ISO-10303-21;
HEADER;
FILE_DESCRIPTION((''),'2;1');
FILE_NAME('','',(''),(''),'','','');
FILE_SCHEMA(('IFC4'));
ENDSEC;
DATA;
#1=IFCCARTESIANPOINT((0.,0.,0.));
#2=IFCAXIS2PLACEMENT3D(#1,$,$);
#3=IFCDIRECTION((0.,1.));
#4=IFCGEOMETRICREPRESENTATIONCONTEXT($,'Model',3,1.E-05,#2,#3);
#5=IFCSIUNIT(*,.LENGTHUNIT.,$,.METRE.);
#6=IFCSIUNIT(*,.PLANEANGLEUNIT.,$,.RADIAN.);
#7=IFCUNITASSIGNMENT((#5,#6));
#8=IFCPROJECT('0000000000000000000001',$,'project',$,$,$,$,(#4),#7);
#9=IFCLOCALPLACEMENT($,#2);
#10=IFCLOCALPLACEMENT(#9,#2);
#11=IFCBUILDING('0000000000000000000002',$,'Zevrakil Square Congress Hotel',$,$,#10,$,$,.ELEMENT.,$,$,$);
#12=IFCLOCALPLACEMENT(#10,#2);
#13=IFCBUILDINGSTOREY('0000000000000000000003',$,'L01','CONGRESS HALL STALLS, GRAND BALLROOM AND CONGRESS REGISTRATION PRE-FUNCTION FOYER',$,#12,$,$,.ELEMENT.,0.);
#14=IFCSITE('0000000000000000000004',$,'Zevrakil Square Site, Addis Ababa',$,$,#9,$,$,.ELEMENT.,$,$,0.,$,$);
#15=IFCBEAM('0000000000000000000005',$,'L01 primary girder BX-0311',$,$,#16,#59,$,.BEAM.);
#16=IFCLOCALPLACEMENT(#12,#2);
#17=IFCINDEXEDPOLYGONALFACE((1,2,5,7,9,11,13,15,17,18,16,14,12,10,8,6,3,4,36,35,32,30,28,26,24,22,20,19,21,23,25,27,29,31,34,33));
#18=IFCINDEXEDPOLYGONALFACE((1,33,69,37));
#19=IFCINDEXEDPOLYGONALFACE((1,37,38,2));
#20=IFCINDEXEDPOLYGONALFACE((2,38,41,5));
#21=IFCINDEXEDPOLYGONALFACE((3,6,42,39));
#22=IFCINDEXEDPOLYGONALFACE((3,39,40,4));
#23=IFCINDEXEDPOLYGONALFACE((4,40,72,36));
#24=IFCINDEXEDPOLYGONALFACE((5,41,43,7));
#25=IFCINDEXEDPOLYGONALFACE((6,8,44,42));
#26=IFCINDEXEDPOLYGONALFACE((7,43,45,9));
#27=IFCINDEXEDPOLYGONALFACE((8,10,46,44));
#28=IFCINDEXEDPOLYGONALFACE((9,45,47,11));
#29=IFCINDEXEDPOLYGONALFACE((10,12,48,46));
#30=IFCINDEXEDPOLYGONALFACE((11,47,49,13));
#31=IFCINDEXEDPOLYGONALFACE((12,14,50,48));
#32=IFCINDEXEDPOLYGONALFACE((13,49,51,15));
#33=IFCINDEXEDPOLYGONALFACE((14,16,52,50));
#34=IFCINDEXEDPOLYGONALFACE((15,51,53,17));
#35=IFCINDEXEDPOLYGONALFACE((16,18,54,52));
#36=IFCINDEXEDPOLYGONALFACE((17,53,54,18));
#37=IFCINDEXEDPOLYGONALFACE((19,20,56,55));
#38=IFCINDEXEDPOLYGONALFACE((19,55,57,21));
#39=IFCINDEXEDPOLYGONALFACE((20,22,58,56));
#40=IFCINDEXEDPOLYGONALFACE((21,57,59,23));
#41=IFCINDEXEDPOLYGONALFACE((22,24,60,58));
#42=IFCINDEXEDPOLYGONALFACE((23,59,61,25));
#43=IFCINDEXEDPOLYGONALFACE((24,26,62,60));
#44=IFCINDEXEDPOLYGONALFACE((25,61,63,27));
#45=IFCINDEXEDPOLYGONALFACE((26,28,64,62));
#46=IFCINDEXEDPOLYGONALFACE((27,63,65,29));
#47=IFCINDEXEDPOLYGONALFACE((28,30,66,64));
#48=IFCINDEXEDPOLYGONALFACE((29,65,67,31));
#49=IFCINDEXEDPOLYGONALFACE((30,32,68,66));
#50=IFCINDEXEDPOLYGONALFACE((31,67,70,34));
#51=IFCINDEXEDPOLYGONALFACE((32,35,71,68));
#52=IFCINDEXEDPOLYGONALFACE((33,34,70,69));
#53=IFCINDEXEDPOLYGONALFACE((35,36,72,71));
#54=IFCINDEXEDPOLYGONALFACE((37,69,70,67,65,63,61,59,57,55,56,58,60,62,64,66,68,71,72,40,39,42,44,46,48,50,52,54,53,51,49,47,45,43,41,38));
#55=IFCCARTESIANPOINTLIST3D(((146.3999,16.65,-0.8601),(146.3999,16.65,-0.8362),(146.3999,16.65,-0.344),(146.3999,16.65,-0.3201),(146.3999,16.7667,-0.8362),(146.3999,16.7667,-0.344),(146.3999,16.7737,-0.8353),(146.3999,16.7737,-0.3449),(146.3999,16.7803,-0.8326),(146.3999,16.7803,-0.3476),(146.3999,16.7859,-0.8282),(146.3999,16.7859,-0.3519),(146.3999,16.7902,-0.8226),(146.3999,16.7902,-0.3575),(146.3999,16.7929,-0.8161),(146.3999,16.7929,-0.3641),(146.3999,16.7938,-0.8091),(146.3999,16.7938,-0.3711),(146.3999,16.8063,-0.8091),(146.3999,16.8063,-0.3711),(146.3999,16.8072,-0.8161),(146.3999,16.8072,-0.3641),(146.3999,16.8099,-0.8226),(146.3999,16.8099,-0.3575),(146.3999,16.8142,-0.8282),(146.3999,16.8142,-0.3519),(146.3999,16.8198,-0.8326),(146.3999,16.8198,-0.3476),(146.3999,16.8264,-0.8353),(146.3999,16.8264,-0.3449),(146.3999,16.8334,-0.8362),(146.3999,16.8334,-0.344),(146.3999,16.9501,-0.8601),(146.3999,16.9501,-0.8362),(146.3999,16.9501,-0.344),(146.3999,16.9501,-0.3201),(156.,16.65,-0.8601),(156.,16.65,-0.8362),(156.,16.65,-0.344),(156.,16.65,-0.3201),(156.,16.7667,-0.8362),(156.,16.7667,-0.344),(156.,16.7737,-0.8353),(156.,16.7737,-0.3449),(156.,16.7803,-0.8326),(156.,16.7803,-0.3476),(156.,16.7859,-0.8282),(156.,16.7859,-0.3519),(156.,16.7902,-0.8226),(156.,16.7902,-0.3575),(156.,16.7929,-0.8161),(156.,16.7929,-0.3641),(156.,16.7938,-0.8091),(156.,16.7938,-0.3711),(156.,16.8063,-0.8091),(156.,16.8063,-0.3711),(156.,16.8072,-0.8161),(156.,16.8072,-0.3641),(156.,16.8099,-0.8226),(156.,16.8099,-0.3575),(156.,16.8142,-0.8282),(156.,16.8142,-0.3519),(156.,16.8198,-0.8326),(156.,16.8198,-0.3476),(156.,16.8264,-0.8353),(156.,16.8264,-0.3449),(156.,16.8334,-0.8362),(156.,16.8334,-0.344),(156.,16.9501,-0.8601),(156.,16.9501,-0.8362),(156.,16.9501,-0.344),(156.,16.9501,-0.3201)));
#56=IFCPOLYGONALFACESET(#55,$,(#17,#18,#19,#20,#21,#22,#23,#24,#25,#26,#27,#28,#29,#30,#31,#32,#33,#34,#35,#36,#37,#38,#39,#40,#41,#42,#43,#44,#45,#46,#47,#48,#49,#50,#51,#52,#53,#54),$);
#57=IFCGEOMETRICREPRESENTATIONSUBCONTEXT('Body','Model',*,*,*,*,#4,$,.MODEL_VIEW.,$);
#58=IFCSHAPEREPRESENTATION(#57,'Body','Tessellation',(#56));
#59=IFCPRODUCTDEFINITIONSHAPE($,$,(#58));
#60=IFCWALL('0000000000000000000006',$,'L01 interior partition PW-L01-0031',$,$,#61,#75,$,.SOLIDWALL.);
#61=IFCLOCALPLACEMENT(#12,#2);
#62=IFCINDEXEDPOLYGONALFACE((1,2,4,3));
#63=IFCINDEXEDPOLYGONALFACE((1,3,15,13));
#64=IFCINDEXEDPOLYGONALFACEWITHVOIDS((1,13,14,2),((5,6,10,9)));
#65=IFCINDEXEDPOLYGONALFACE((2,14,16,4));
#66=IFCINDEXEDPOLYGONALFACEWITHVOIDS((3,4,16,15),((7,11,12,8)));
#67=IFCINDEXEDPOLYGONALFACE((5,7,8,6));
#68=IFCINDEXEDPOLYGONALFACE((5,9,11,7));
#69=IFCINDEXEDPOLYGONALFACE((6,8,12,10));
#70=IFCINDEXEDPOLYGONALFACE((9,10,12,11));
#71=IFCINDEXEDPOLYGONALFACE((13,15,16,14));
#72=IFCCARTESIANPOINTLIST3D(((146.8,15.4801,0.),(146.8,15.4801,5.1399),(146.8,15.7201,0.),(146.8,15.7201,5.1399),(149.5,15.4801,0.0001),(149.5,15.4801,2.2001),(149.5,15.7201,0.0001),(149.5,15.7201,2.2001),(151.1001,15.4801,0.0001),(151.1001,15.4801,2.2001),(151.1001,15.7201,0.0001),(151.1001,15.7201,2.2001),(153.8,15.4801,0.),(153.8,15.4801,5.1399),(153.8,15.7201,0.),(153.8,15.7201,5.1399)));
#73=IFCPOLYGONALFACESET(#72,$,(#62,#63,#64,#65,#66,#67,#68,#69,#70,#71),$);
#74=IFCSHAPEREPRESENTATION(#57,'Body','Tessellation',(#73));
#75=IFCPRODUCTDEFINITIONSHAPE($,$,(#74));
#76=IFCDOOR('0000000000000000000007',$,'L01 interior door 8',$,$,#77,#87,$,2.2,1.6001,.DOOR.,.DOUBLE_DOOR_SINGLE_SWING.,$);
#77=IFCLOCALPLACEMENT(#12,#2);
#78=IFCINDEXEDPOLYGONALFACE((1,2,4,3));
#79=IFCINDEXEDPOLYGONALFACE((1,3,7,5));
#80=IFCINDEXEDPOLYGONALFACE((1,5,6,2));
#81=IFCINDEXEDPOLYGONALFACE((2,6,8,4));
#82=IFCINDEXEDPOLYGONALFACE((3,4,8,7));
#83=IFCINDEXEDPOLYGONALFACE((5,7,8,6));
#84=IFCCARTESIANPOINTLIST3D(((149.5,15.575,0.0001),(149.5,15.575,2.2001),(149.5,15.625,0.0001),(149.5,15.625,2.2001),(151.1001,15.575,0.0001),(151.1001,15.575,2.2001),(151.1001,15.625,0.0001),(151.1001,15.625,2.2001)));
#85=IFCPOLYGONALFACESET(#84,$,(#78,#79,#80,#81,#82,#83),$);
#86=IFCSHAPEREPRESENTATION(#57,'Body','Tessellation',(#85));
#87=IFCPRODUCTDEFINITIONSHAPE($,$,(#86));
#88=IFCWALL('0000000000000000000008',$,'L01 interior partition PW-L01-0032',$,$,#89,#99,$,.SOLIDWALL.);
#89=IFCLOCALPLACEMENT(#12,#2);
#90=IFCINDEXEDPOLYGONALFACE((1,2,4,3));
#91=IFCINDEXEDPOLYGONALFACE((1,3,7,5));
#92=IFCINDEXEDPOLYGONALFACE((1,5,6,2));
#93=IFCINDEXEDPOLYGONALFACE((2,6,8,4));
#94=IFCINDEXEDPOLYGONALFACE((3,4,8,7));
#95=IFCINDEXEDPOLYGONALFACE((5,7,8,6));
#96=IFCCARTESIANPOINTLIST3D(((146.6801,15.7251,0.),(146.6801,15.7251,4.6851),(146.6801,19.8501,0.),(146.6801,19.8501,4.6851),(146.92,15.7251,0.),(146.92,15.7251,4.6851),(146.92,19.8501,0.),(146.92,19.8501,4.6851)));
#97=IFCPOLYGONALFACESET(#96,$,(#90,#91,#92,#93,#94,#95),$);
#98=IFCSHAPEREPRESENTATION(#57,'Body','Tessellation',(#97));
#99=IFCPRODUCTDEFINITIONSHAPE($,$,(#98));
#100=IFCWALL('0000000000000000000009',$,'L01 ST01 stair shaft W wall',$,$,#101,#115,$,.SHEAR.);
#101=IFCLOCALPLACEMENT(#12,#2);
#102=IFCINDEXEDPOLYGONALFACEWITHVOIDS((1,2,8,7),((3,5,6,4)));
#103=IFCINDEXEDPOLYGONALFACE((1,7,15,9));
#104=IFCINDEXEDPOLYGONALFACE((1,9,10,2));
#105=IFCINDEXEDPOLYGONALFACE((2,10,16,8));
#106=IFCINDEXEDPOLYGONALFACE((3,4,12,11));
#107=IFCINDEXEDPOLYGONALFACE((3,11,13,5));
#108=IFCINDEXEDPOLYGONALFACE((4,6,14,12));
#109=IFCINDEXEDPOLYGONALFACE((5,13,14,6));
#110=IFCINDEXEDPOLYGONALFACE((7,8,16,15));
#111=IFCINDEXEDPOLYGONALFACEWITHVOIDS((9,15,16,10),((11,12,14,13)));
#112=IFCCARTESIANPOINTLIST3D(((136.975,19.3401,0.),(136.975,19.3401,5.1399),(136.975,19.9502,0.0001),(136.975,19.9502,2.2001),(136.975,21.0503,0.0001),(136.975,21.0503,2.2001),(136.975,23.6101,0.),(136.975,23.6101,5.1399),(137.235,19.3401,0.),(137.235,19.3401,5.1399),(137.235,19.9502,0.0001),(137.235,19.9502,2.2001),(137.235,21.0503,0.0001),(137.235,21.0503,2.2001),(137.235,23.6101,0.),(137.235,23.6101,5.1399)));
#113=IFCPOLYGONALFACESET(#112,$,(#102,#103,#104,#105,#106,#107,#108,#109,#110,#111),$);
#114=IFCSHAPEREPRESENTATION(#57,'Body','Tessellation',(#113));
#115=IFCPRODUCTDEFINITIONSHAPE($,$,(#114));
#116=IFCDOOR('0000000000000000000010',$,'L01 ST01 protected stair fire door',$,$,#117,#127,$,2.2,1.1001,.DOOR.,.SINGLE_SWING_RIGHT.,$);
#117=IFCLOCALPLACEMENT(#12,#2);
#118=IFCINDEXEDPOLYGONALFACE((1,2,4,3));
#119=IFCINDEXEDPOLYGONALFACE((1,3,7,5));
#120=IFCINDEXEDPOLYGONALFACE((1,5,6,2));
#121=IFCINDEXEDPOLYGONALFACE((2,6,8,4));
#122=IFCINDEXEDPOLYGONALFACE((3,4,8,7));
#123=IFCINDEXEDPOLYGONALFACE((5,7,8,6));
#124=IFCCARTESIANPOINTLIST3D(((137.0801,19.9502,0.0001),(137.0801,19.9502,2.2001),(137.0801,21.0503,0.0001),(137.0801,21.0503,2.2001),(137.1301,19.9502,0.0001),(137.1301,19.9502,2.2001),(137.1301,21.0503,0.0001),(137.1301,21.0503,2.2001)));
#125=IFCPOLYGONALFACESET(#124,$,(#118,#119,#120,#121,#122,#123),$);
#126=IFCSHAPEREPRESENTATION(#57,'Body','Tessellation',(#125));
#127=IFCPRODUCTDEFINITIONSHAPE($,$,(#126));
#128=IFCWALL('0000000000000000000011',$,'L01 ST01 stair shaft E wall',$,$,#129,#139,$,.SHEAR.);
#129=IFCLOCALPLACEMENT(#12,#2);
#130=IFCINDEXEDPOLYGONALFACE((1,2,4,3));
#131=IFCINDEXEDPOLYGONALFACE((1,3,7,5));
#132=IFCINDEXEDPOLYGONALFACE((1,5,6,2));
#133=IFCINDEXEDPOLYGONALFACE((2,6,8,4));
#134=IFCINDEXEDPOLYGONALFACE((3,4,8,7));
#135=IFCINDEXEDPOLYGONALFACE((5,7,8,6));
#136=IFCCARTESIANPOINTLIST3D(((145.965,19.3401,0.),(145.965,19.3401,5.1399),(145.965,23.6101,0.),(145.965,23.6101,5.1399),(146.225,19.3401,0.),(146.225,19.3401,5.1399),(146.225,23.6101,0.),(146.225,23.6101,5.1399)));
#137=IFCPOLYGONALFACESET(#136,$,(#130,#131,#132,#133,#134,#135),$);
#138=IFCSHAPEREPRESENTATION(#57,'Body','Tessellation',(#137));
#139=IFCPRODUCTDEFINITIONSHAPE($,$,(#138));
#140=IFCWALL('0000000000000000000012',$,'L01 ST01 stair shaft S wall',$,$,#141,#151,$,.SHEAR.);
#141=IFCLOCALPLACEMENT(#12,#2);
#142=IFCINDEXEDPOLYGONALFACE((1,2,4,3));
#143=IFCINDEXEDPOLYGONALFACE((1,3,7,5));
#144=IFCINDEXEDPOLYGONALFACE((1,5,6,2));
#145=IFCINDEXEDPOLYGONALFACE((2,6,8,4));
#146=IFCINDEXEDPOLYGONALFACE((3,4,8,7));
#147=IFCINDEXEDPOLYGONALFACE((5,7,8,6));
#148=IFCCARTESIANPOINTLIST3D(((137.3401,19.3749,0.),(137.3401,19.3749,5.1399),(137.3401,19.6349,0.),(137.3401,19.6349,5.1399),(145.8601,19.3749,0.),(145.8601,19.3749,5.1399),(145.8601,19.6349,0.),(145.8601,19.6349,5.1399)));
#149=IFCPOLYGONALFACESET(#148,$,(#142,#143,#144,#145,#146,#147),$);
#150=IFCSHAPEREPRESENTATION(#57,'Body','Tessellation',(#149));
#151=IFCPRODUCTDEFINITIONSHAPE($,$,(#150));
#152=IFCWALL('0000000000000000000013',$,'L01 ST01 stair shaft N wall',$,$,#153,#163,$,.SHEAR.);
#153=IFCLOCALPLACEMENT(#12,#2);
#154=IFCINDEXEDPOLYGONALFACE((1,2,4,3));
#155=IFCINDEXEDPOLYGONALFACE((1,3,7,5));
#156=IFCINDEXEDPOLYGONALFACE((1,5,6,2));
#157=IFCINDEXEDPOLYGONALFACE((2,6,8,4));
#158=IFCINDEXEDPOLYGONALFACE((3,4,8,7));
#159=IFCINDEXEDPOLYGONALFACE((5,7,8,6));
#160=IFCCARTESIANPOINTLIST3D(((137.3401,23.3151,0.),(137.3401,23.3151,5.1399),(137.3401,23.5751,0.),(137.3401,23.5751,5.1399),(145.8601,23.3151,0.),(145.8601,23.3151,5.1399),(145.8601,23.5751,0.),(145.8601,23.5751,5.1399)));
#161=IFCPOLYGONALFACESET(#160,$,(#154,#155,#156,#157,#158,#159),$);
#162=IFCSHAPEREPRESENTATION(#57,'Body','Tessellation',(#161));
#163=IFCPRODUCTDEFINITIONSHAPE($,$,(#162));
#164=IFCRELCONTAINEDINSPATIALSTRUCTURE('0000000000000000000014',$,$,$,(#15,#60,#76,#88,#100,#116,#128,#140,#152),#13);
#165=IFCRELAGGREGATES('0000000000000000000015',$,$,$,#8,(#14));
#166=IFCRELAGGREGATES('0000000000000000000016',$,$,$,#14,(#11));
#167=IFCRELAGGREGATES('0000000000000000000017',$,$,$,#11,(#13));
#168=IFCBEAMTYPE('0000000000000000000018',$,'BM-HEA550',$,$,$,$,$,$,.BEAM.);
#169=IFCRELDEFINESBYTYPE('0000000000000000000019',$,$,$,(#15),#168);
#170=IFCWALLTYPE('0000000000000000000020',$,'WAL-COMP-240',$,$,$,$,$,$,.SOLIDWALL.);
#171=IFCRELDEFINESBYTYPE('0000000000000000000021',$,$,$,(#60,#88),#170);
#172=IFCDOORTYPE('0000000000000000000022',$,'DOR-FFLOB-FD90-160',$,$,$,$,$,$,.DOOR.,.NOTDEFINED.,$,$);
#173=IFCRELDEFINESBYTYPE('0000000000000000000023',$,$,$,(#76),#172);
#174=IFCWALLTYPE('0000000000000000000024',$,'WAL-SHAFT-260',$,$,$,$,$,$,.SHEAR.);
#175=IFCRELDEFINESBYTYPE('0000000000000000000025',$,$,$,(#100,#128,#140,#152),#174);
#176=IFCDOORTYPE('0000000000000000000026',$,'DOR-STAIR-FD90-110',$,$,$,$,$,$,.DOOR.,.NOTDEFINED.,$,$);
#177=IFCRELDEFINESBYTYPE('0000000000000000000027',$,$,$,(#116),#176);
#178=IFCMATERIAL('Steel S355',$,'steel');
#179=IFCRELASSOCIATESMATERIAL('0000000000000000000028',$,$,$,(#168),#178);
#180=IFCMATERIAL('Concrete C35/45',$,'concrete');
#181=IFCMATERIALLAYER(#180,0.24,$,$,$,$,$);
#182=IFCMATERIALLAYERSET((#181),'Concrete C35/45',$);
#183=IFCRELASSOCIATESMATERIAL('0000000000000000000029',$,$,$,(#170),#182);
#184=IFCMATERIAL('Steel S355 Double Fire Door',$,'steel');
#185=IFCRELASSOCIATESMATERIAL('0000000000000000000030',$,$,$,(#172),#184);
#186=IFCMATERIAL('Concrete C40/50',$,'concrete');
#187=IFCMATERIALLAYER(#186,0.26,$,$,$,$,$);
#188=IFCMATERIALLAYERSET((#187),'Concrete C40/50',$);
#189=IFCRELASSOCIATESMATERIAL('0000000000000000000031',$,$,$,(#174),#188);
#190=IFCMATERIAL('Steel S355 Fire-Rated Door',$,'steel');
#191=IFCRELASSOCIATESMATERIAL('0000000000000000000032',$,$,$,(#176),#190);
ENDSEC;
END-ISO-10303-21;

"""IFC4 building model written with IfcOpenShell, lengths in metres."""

from ifc_helpers import new_model, si_unit, direction, frame, frame_2d, origin, origin_2d, place, context, subcontext, project, spatial, rectangle, i_section, extrude, material, layer, layer_set, material_profile, profile_set, type_object, element, fill, save


model = new_model("IFC4")

# Units and contexts
model_context = context("Model", 3, precision=1e-05, world=origin(), true_north=direction((0.0, 1.0)))
body_context = subcontext(model_context, "Body", "Model", "MODEL_VIEW")
ifc_project = project(units=[si_unit("LENGTHUNIT", "METRE"), si_unit("PLANEANGLEUNIT", "RADIAN")], contexts=[model_context])

# Site, building, storey
site_placement = place(None, origin())
site = spatial("IfcSite", under=ifc_project, at=site_placement, Name="Zevrakil Square Site, Addis Ababa", CompositionType="ELEMENT", RefElevation=0.0)
building_placement = place(site_placement, origin())
building = spatial("IfcBuilding", under=site, at=building_placement, Name="Zevrakil Square Congress Hotel", CompositionType="ELEMENT")
storey_placement = place(building_placement, origin())
storey = spatial("IfcBuildingStorey", under=building, at=storey_placement, Name="L01", Description="CONGRESS HALL STALLS, GRAND BALLROOM AND CONGRESS REGISTRATION PRE-FUNCTION FOYER", CompositionType="ELEMENT", Elevation=0.0)

# Beam
ifc_material_1 = material(Name="Steel S355", Category="steel")
ifc_material_profile_1 = material_profile(ifc_material_1, i_section(OverallWidth=0.3, OverallDepth=0.54, WebThickness=0.0125, FlangeThickness=0.0239, FilletRadius=0.0271, at=origin_2d()), Name="HEA 550")
ifc_profile_set_1 = profile_set([ifc_material_profile_1], Name="Steel S355")
beam_type = type_object("IfcBeamType", Name="BM-HEA550", PredefinedType="BEAM", material=ifc_profile_set_1)
beam_placement = place(storey_placement, frame((146.3999, 16.8, -0.5901), z_axis=(1.0, 0.0, 0.0), x_axis=(0.0, 1.0, 0.0)))
element("IfcBeam", 1, at=beam_placement, inside=storey, type_object=beam_type, Name="L01 primary girder BX-0311", PredefinedType="BEAM", context=body_context, shape_type="SweptSolid", body=[
    extrude(i_section(OverallWidth=0.3, OverallDepth=0.54, WebThickness=0.0125, FlangeThickness=0.0239, FilletRadius=0.0271, at=origin_2d()), origin(), (0.0, 0.0, 1.0), 9.6001),
])

# Wall, opening, door
ifc_material_2 = material(Name="Concrete C35/45", Category="concrete")
ifc_layer_1 = layer(ifc_material_2, 0.24)
ifc_layer_set_1 = layer_set([ifc_layer_1], Name="Concrete C35/45")
wall_type_1 = type_object("IfcWallType", Name="WAL-COMP-240", PredefinedType="SOLIDWALL", material=ifc_layer_set_1)
wall_1_placement = place(storey_placement, frame((146.8, 15.6001, 0.0), z_axis=(0.0, 0.0, 1.0), x_axis=(1.0, 0.0, 0.0)))
wall_1 = element("IfcWall", 2, at=wall_1_placement, inside=storey, type_object=wall_type_1, Name="L01 interior partition PW-L01-0031", PredefinedType="SOLIDWALL", context=body_context, shape_type="SweptSolid", body=[
    extrude(rectangle(XDim=7.0, YDim=0.24, at=frame_2d((3.5, 0.0))), origin(), (0.0, 0.0, 1.0), 5.1399),
])
opening_1_placement = place(wall_1_placement, frame((2.7, 0.0, 0.0)))
opening_1 = element("IfcOpeningElement", 3, at=opening_1_placement, cuts=wall_1, PredefinedType="OPENING", context=body_context, shape_type="SweptSolid", body=[
    extrude(rectangle(XDim=1.6001, YDim=2.2, at=frame_2d((0.8, 1.1001))), frame((0.0, 0.1299, 0.0), z_axis=(0.0, -1.0, 0.0), x_axis=(1.0, 0.0, 0.0)), (0.0, 0.0, 1.0), 0.26),
])
ifc_material_3 = material(Name="Steel S355 Double Fire Door", Category="steel")
door_type_1 = type_object("IfcDoorType", Name="DOR-FFLOB-FD90-160", OperationType="NOTDEFINED", PredefinedType="DOOR", material=ifc_material_3)
door_1_placement = place(opening_1_placement, origin())
door_1 = element("IfcDoor", 4, at=door_1_placement, inside=storey, type_object=door_type_1, Name="L01 interior door 8", OperationType="DOUBLE_DOOR_SINGLE_SWING", OverallHeight=2.2, OverallWidth=1.6001, PredefinedType="DOOR", context=body_context, shape_type="SweptSolid", body=[
    extrude(rectangle(XDim=1.6001, YDim=2.2, at=frame_2d((0.8, 1.1001))), frame((0.0, 0.0249, 0.0), z_axis=(0.0, -1.0, 0.0), x_axis=(1.0, 0.0, 0.0)), (0.0, 0.0, 1.0), 0.05),
])
fill(opening_1, door_1)

# Wall
wall_2_placement = place(storey_placement, frame((146.8, 15.7251, 0.0), z_axis=(0.0, 0.0, 1.0), x_axis=(0.0, 1.0, 0.0)))
element("IfcWall", 5, at=wall_2_placement, inside=storey, type_object=wall_type_1, Name="L01 interior partition PW-L01-0032", PredefinedType="SOLIDWALL", context=body_context, shape_type="SweptSolid", body=[
    extrude(rectangle(XDim=4.125, YDim=0.24, at=frame_2d((2.0625, 0.0))), origin(), (0.0, 0.0, 1.0), 4.6851),
])

# Wall, opening, door
ifc_material_4 = material(Name="Concrete C40/50", Category="concrete")
ifc_layer_2 = layer(ifc_material_4, 0.26)
ifc_layer_set_2 = layer_set([ifc_layer_2], Name="Concrete C40/50")
wall_type_2 = type_object("IfcWallType", Name="WAL-SHAFT-260", PredefinedType="SHEAR", material=ifc_layer_set_2)
wall_3_placement = place(storey_placement, frame((137.105, 19.3401, 0.0), z_axis=(0.0, 0.0, 1.0), x_axis=(0.0, 1.0, 0.0)))
wall_3 = element("IfcWall", 6, at=wall_3_placement, inside=storey, type_object=wall_type_2, Name="L01 ST01 stair shaft W wall", PredefinedType="SHEAR", context=body_context, shape_type="SweptSolid", body=[
    extrude(rectangle(XDim=4.27, YDim=0.26, at=frame_2d((2.135, 0.0))), origin(), (0.0, 0.0, 1.0), 5.1399),
])
opening_2_placement = place(wall_3_placement, frame((0.6101, 0.0, 0.0)))
opening_2 = element("IfcOpeningElement", 7, at=opening_2_placement, cuts=wall_3, PredefinedType="OPENING", context=body_context, shape_type="SweptSolid", body=[
    extrude(rectangle(XDim=1.1001, YDim=2.2, at=frame_2d((0.55, 1.1001))), frame((0.0, 0.1401, 0.0), z_axis=(0.0, -1.0, 0.0), x_axis=(1.0, 0.0, 0.0)), (0.0, 0.0, 1.0), 0.28),
])
ifc_material_5 = material(Name="Steel S355 Fire-Rated Door", Category="steel")
door_type_2 = type_object("IfcDoorType", Name="DOR-STAIR-FD90-110", OperationType="NOTDEFINED", PredefinedType="DOOR", material=ifc_material_5)
door_2_placement = place(opening_2_placement, origin())
door_2 = element("IfcDoor", 8, at=door_2_placement, inside=storey, type_object=door_type_2, Name="L01 ST01 protected stair fire door", OperationType="SINGLE_SWING_RIGHT", OverallHeight=2.2, OverallWidth=1.1001, PredefinedType="DOOR", context=body_context, shape_type="SweptSolid", body=[
    extrude(rectangle(XDim=1.1001, YDim=2.2, at=frame_2d((0.55, 1.1001))), frame((0.0, 0.0249, 0.0), z_axis=(0.0, -1.0, 0.0), x_axis=(1.0, 0.0, 0.0)), (0.0, 0.0, 1.0), 0.05),
])
fill(opening_2, door_2)

# Walls
wall_4_placement = place(storey_placement, frame((146.095, 19.3401, 0.0), z_axis=(0.0, 0.0, 1.0), x_axis=(0.0, 1.0, 0.0)))
element("IfcWall", 9, at=wall_4_placement, inside=storey, type_object=wall_type_2, Name="L01 ST01 stair shaft E wall", PredefinedType="SHEAR", context=body_context, shape_type="SweptSolid", body=[
    extrude(rectangle(XDim=4.27, YDim=0.26, at=frame_2d((2.135, 0.0))), origin(), (0.0, 0.0, 1.0), 5.1399),
])
for number, where, z_axis, x_axis, name in (
    (10, (137.3401, 19.5049, 0.0), (0.0, 0.0, 1.0), (1.0, 0.0, 0.0), "L01 ST01 stair shaft S wall"),
    (11, (137.3401, 23.4451, 0.0), (0.0, 0.0, 1.0), (1.0, 0.0, 0.0), "L01 ST01 stair shaft N wall"),
):
    element("IfcWall", number, at=place(storey_placement, frame(where, z_axis=z_axis, x_axis=x_axis)), inside=storey, type_object=wall_type_2, Name=name, PredefinedType="SHEAR", context=body_context, shape_type="SweptSolid", body=[
        extrude(rectangle(XDim=8.52, YDim=0.26, at=frame_2d((4.26, 0.0))), origin(), (0.0, 0.0, 1.0), 5.1399),
    ])

save(model, "model.ifc")
